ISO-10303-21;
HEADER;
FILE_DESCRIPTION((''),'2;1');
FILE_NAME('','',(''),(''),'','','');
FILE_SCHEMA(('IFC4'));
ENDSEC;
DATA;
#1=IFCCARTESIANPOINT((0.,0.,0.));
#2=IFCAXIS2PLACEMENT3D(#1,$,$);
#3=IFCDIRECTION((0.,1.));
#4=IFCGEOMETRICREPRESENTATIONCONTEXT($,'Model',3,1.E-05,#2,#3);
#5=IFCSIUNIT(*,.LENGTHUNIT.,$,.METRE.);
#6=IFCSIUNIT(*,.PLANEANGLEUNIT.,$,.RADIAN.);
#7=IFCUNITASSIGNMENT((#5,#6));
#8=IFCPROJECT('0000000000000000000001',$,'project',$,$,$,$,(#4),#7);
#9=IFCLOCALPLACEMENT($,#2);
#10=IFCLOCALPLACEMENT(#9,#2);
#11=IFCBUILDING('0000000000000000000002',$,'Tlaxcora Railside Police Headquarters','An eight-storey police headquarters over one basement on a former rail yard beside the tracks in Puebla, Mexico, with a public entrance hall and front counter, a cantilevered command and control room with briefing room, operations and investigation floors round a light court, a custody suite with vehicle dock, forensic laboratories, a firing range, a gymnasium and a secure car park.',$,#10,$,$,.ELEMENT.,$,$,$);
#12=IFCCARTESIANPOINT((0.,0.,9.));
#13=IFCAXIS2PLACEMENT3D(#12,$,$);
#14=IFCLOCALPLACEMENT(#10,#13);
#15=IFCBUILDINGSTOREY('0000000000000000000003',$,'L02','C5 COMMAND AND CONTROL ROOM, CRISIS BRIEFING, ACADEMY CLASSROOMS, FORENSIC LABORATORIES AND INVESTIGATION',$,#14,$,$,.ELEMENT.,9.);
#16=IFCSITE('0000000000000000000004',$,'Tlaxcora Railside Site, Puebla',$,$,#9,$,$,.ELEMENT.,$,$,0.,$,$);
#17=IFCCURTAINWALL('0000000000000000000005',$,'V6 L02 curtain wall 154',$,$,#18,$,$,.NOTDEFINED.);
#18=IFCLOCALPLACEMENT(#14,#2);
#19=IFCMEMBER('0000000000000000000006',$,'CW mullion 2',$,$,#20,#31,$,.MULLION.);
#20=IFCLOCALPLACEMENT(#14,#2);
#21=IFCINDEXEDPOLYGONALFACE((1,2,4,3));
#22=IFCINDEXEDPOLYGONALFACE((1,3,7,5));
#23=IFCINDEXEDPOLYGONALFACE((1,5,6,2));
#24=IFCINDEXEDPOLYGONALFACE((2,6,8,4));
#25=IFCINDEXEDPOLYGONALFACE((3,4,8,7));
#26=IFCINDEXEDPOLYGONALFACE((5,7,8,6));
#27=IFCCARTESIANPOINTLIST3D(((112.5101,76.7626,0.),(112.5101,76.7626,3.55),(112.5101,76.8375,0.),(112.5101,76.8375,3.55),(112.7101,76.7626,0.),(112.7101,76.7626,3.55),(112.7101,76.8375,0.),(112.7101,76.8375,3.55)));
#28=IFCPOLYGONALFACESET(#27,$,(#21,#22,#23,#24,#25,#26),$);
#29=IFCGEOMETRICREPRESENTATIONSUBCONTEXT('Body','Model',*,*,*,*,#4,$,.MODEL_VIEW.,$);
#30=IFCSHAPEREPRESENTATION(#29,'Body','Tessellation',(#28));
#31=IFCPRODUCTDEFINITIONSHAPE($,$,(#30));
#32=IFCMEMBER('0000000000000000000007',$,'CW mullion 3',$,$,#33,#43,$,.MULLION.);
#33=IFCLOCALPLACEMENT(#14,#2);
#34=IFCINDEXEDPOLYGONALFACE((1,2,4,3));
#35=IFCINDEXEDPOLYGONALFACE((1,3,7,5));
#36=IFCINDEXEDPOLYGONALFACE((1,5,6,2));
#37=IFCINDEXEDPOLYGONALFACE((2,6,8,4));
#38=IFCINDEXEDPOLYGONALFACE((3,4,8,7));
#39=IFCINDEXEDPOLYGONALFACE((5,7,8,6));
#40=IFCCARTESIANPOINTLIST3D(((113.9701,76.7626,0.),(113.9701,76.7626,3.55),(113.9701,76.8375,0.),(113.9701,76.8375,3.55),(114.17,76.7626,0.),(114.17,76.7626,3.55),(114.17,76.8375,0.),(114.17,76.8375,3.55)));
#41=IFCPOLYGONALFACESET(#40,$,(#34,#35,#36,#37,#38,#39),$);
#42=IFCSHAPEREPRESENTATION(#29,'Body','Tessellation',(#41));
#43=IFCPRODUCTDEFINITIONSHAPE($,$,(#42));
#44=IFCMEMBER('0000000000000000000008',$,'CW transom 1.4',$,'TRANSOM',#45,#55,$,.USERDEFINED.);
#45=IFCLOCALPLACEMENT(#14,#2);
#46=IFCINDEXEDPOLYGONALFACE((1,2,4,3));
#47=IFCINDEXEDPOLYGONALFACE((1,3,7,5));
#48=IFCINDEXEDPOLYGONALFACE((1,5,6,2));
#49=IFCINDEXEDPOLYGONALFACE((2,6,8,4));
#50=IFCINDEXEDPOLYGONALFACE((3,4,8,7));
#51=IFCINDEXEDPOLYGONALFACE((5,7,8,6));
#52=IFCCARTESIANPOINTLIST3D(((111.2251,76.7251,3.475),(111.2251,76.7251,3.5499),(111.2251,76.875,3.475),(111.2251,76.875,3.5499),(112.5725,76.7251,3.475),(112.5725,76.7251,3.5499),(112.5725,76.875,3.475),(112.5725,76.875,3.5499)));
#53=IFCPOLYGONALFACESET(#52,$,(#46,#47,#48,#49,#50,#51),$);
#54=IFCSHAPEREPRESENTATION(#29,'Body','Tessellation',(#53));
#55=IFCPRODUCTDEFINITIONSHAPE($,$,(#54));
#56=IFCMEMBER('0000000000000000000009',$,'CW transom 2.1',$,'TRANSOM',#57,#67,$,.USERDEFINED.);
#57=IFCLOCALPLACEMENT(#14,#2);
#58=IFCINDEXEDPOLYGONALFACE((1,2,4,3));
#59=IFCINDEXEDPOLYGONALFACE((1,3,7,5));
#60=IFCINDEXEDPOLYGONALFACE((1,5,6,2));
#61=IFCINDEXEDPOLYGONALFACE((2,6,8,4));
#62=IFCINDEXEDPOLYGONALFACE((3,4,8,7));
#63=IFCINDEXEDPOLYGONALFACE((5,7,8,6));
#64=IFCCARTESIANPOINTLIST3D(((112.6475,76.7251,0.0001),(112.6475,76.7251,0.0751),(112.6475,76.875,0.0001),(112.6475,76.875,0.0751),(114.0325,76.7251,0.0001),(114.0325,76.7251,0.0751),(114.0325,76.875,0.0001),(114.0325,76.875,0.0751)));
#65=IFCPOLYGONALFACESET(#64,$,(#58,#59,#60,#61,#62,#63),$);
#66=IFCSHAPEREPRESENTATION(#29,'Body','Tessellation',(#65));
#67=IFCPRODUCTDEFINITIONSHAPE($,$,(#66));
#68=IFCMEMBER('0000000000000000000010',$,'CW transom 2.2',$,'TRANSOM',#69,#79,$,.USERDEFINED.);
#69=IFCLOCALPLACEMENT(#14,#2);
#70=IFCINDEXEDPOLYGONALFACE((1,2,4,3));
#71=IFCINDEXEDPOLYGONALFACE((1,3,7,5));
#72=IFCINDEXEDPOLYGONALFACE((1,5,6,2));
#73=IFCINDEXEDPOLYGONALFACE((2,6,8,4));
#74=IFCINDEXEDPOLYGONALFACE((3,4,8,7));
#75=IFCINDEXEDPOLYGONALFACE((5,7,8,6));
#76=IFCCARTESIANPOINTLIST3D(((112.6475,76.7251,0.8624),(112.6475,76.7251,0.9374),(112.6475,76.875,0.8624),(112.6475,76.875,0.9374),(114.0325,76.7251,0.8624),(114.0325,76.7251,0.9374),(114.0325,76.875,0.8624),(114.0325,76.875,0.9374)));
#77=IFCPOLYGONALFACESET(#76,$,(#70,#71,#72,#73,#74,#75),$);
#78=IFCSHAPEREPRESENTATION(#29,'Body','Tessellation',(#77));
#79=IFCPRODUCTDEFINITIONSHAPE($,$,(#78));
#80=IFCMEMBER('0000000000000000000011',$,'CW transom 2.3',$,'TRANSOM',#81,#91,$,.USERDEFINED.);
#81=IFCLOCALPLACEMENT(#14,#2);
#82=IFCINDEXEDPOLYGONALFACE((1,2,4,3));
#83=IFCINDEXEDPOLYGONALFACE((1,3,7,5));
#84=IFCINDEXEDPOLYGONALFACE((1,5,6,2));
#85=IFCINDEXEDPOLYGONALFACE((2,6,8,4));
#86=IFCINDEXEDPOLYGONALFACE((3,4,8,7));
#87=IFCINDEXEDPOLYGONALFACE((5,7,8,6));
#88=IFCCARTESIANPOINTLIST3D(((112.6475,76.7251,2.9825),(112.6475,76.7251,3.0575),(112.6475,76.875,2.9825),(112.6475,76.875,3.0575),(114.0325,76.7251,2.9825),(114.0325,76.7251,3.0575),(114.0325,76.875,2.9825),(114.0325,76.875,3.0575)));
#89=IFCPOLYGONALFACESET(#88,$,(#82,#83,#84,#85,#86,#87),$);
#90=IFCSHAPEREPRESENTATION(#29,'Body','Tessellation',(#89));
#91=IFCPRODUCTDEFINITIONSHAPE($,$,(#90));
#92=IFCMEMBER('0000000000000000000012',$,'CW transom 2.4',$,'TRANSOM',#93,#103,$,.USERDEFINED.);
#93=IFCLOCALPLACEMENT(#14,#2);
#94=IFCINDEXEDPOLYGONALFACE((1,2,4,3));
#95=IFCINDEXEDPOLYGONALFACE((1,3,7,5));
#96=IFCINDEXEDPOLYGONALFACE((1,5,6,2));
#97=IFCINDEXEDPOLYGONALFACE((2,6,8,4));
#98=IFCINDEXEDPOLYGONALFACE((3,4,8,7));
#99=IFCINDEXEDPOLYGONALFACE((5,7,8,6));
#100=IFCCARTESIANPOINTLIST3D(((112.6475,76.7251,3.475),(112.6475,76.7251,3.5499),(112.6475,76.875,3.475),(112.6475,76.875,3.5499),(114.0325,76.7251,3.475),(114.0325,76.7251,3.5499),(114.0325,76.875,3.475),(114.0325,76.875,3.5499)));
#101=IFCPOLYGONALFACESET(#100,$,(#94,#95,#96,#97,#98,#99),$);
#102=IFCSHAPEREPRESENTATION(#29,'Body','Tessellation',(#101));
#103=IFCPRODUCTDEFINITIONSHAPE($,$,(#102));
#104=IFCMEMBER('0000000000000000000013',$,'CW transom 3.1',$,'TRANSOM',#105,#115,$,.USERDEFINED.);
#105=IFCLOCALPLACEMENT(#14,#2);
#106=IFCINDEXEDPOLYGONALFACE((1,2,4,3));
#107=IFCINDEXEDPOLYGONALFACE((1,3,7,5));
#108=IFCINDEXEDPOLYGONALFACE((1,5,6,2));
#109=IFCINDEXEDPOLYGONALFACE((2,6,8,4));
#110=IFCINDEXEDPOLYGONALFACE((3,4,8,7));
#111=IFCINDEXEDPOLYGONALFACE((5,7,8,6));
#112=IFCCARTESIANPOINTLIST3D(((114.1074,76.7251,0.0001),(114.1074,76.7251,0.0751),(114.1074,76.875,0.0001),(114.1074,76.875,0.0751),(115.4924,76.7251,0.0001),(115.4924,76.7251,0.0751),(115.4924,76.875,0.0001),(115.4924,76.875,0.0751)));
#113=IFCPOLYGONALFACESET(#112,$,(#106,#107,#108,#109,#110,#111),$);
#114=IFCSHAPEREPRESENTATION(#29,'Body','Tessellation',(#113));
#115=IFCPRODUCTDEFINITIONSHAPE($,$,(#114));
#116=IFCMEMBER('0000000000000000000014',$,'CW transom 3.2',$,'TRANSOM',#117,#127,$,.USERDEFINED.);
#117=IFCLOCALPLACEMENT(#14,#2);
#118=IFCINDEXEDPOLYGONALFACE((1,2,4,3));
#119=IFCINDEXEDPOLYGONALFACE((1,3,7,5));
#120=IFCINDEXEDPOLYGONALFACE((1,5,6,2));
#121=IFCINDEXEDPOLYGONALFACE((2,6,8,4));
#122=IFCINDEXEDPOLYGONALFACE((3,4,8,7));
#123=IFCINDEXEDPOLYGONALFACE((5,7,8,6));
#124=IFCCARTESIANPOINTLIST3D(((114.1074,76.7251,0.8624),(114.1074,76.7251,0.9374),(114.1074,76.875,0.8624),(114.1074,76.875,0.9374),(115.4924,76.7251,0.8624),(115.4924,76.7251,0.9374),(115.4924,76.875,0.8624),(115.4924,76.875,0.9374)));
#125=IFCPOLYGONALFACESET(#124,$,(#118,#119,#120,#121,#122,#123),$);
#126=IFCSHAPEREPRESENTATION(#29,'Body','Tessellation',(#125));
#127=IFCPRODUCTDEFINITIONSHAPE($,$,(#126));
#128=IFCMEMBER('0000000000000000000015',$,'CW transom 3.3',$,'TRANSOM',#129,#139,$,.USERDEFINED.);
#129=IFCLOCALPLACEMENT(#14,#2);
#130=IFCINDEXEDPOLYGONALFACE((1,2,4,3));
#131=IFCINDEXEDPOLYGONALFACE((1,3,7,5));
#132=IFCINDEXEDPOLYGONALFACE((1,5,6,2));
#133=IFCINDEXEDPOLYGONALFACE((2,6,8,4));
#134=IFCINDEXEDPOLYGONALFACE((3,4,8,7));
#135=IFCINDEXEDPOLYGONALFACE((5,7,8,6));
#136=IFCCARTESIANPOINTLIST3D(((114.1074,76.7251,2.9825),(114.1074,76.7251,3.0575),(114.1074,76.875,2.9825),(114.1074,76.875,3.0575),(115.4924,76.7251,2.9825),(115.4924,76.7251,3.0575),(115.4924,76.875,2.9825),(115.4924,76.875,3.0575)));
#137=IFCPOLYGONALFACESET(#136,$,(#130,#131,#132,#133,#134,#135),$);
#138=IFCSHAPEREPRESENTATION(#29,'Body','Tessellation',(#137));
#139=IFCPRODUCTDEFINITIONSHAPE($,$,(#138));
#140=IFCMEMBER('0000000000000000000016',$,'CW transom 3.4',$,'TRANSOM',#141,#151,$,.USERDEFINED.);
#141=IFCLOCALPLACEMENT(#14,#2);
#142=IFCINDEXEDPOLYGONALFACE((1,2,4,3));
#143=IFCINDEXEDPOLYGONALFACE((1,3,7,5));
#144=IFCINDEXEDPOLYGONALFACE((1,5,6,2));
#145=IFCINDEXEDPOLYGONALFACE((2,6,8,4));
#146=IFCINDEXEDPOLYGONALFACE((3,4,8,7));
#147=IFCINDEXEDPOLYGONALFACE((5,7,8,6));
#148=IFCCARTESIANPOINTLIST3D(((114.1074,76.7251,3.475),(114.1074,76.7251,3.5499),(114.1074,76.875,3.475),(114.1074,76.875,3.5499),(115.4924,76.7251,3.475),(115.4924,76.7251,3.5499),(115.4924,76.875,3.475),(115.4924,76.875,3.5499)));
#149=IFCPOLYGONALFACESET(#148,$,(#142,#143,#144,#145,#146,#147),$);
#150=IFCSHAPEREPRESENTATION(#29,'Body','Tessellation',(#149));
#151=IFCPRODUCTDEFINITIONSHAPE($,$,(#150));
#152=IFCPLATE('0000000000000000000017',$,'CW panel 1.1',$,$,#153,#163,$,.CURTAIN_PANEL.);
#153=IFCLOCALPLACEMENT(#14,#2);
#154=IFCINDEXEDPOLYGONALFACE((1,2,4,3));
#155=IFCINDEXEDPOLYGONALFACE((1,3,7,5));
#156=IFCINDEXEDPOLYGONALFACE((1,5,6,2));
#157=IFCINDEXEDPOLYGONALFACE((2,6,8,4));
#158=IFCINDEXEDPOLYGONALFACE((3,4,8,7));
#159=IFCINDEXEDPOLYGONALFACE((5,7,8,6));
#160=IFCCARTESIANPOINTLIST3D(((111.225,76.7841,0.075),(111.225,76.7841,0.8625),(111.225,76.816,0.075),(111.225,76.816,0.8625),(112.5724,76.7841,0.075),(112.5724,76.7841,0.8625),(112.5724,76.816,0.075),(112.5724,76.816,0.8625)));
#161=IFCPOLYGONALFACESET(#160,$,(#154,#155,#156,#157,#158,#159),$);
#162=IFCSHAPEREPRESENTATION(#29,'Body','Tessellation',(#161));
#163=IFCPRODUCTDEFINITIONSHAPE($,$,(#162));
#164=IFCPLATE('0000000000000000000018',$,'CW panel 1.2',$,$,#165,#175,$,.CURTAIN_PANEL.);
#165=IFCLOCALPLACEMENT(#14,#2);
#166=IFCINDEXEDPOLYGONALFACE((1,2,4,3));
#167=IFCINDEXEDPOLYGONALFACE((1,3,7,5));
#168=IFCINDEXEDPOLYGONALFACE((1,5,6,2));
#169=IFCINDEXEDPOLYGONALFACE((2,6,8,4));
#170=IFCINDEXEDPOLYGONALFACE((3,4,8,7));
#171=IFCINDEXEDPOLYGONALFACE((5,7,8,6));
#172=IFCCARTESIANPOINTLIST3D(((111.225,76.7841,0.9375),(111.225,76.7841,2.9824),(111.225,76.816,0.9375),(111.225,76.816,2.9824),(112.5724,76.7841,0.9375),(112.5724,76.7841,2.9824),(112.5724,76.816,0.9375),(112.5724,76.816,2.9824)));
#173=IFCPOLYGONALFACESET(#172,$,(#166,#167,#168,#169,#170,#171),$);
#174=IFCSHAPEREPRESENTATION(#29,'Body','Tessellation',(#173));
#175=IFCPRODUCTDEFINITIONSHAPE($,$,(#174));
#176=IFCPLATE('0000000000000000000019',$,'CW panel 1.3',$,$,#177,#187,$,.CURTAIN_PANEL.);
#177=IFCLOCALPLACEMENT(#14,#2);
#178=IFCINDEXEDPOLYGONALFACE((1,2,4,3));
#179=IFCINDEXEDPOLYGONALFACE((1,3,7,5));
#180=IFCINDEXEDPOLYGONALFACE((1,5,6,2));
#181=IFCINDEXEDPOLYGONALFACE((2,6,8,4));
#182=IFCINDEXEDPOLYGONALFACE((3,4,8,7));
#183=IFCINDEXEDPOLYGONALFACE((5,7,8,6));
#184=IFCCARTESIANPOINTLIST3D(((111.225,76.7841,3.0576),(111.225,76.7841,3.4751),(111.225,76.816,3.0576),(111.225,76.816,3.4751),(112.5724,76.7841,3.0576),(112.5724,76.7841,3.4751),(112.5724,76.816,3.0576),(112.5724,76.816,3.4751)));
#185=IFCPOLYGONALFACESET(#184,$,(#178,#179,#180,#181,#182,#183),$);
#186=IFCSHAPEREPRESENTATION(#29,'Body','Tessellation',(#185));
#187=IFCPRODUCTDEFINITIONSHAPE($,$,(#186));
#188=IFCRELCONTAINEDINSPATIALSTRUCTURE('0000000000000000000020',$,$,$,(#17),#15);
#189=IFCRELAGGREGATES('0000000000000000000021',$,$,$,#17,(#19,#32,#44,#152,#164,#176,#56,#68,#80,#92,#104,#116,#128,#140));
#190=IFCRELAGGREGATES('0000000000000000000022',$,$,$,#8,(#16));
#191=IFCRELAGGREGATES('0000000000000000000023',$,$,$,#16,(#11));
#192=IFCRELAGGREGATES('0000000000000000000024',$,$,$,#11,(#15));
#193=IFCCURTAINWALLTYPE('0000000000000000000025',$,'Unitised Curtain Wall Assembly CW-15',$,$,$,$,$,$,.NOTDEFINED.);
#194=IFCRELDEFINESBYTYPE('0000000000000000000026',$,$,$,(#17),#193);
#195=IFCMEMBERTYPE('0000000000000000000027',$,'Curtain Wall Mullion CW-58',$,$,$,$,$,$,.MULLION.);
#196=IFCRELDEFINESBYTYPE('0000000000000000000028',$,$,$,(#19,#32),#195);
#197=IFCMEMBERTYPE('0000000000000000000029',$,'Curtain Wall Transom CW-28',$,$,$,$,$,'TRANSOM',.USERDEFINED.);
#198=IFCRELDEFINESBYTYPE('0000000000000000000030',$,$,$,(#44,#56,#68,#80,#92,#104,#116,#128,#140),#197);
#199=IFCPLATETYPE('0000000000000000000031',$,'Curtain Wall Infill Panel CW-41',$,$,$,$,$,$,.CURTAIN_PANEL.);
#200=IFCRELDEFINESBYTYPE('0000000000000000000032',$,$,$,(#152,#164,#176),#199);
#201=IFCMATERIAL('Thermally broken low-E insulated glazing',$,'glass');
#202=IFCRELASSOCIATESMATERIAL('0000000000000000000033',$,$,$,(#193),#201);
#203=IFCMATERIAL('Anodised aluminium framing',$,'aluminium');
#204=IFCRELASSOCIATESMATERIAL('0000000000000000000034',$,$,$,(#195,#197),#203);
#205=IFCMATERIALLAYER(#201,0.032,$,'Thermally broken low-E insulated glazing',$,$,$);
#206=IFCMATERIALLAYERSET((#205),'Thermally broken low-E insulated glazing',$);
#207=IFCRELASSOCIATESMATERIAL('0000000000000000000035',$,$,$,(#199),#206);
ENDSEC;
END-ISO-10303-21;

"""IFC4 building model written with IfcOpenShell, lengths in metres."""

from ifc_helpers import new_model, si_unit, direction, frame, origin, origin_2d, place, context, subcontext, project, spatial, rectangle, extrude, material, layer, layer_set, material_profile, profile_set, type_object, element, aggregate, save


model = new_model("IFC4")

# Units and contexts
model_context = context("Model", 3, precision=1e-05, world=origin(), true_north=direction((0.0, 1.0)))
body_context = subcontext(model_context, "Body", "Model", "MODEL_VIEW")
ifc_project = project(units=[si_unit("LENGTHUNIT", "METRE"), si_unit("PLANEANGLEUNIT", "RADIAN")], contexts=[model_context])

# Site, building, storey
site_placement = place(None, origin())
site = spatial("IfcSite", under=ifc_project, at=site_placement, Name="Tlaxcora Railside Site, Puebla", CompositionType="ELEMENT", RefElevation=0.0)
building_placement = place(site_placement, origin())
building = spatial("IfcBuilding", under=site, at=building_placement, Name="Tlaxcora Railside Police Headquarters", Description="An eight-storey police headquarters over one basement on a former rail yard beside the tracks in Puebla, Mexico, with a public entrance hall and front counter, a cantilevered command and control room with briefing room, operations and investigation floors round a light court, a custody suite with vehicle dock, forensic laboratories, a firing range, a gymnasium and a secure car park.", CompositionType="ELEMENT")
storey_placement = place(building_placement, frame((0.0, 0.0, 9.0)))
storey = spatial("IfcBuildingStorey", under=building, at=storey_placement, Name="L02", Description="C5 COMMAND AND CONTROL ROOM, CRISIS BRIEFING, ACADEMY CLASSROOMS, FORENSIC LABORATORIES AND INVESTIGATION", CompositionType="ELEMENT", Elevation=9.0)

# Curtain wall, members, plates
ifc_material_1 = material(Name="Thermally broken low-E insulated glazing", Category="glass")
curtain_wall_type = type_object("IfcCurtainWallType", Name="Unitised Curtain Wall Assembly CW-15", PredefinedType="NOTDEFINED", material=ifc_material_1)
curtain_wall_placement = place(storey_placement, origin())
curtain_wall = element("IfcCurtainWall", 1, at=curtain_wall_placement, inside=storey, type_object=curtain_wall_type, Name="V6 L02 curtain wall 154", PredefinedType="NOTDEFINED")
ifc_material_2 = material(Name="Anodised aluminium framing", Category="aluminium")
ifc_material_profile_1 = material_profile(ifc_material_2, rectangle(XDim=0.075, YDim=0.2, at=origin_2d()), Name="AL75X200")
ifc_profile_set_1 = profile_set([ifc_material_profile_1], Name="Anodised aluminium framing")
member_type_1 = type_object("IfcMemberType", Name="Curtain Wall Mullion CW-58", PredefinedType="MULLION", material=ifc_profile_set_1)
member_1_placement = place(storey_placement, frame((112.6101, 76.8, 0.0), z_axis=(0.0, 0.0, 1.0), x_axis=(0.0, 1.0, 0.0)))
member_1 = element("IfcMember", 2, at=member_1_placement, type_object=member_type_1, Name="CW mullion 2", PredefinedType="MULLION", context=body_context, shape_type="SweptSolid", body=[
    extrude(rectangle(XDim=0.075, YDim=0.2, at=origin_2d()), origin(), (0.0, 0.0, 1.0), 3.55),
])
member_2_placement = place(storey_placement, frame((114.0701, 76.8, 0.0), z_axis=(0.0, 0.0, 1.0), x_axis=(0.0, 1.0, 0.0)))
member_2 = element("IfcMember", 3, at=member_2_placement, type_object=member_type_1, Name="CW mullion 3", PredefinedType="MULLION", context=body_context, shape_type="SweptSolid", body=[
    extrude(rectangle(XDim=0.075, YDim=0.2, at=origin_2d()), origin(), (0.0, 0.0, 1.0), 3.55),
])
ifc_material_profile_2 = material_profile(ifc_material_2, rectangle(XDim=0.1499, YDim=0.075, at=origin_2d()), Name="AL75X150")
ifc_profile_set_2 = profile_set([ifc_material_profile_2], Name="Anodised aluminium framing")
member_type_2 = type_object("IfcMemberType", Name="Curtain Wall Transom CW-28", ElementType="TRANSOM", PredefinedType="USERDEFINED", material=ifc_profile_set_2)
member_3_placement = place(storey_placement, frame((111.2251, 76.8, 3.5125), z_axis=(1.0, 0.0, 0.0), x_axis=(0.0, 1.0, 0.0)))
member_3 = element("IfcMember", 4, at=member_3_placement, type_object=member_type_2, Name="CW transom 1.4", ObjectType="TRANSOM", PredefinedType="USERDEFINED", context=body_context, shape_type="SweptSolid", body=[
    extrude(rectangle(XDim=0.1499, YDim=0.075, at=origin_2d()), origin(), (0.0, 0.0, 1.0), 1.3474),
])
member_4_placement = place(storey_placement, frame((112.6475, 76.8, 0.0376), z_axis=(1.0, 0.0, 0.0), x_axis=(0.0, 1.0, 0.0)))
member_4 = element("IfcMember", 5, at=member_4_placement, type_object=member_type_2, Name="CW transom 2.1", ObjectType="TRANSOM", PredefinedType="USERDEFINED", context=body_context, shape_type="SweptSolid", body=[
    extrude(rectangle(XDim=0.1499, YDim=0.075, at=origin_2d()), origin(), (0.0, 0.0, 1.0), 1.385),
])
member_5_placement = place(storey_placement, frame((112.6475, 76.8, 0.8999), z_axis=(1.0, 0.0, 0.0), x_axis=(0.0, 1.0, 0.0)))
member_5 = element("IfcMember", 6, at=member_5_placement, type_object=member_type_2, Name="CW transom 2.2", ObjectType="TRANSOM", PredefinedType="USERDEFINED", context=body_context, shape_type="SweptSolid", body=[
    extrude(rectangle(XDim=0.1499, YDim=0.075, at=origin_2d()), origin(), (0.0, 0.0, 1.0), 1.385),
])
member_6_placement = place(storey_placement, frame((112.6475, 76.8, 3.02), z_axis=(1.0, 0.0, 0.0), x_axis=(0.0, 1.0, 0.0)))
member_6 = element("IfcMember", 7, at=member_6_placement, type_object=member_type_2, Name="CW transom 2.3", ObjectType="TRANSOM", PredefinedType="USERDEFINED", context=body_context, shape_type="SweptSolid", body=[
    extrude(rectangle(XDim=0.1499, YDim=0.075, at=origin_2d()), origin(), (0.0, 0.0, 1.0), 1.385),
])
member_7_placement = place(storey_placement, frame((112.6475, 76.8, 3.5125), z_axis=(1.0, 0.0, 0.0), x_axis=(0.0, 1.0, 0.0)))
member_7 = element("IfcMember", 8, at=member_7_placement, type_object=member_type_2, Name="CW transom 2.4", ObjectType="TRANSOM", PredefinedType="USERDEFINED", context=body_context, shape_type="SweptSolid", body=[
    extrude(rectangle(XDim=0.1499, YDim=0.075, at=origin_2d()), origin(), (0.0, 0.0, 1.0), 1.385),
])
member_8_placement = place(storey_placement, frame((114.1074, 76.8, 0.0376), z_axis=(1.0, 0.0, 0.0), x_axis=(0.0, 1.0, 0.0)))
member_8 = element("IfcMember", 9, at=member_8_placement, type_object=member_type_2, Name="CW transom 3.1", ObjectType="TRANSOM", PredefinedType="USERDEFINED", context=body_context, shape_type="SweptSolid", body=[
    extrude(rectangle(XDim=0.1499, YDim=0.075, at=origin_2d()), origin(), (0.0, 0.0, 1.0), 1.385),
])
member_9_placement = place(storey_placement, frame((114.1074, 76.8, 0.8999), z_axis=(1.0, 0.0, 0.0), x_axis=(0.0, 1.0, 0.0)))
member_9 = element("IfcMember", 10, at=member_9_placement, type_object=member_type_2, Name="CW transom 3.2", ObjectType="TRANSOM", PredefinedType="USERDEFINED", context=body_context, shape_type="SweptSolid", body=[
    extrude(rectangle(XDim=0.1499, YDim=0.075, at=origin_2d()), origin(), (0.0, 0.0, 1.0), 1.385),
])
member_10_placement = place(storey_placement, frame((114.1074, 76.8, 3.02), z_axis=(1.0, 0.0, 0.0), x_axis=(0.0, 1.0, 0.0)))
member_10 = element("IfcMember", 11, at=member_10_placement, type_object=member_type_2, Name="CW transom 3.3", ObjectType="TRANSOM", PredefinedType="USERDEFINED", context=body_context, shape_type="SweptSolid", body=[
    extrude(rectangle(XDim=0.1499, YDim=0.075, at=origin_2d()), origin(), (0.0, 0.0, 1.0), 1.385),
])
member_11_placement = place(storey_placement, frame((114.1074, 76.8, 3.5125), z_axis=(1.0, 0.0, 0.0), x_axis=(0.0, 1.0, 0.0)))
member_11 = element("IfcMember", 12, at=member_11_placement, type_object=member_type_2, Name="CW transom 3.4", ObjectType="TRANSOM", PredefinedType="USERDEFINED", context=body_context, shape_type="SweptSolid", body=[
    extrude(rectangle(XDim=0.1499, YDim=0.075, at=origin_2d()), origin(), (0.0, 0.0, 1.0), 1.385),
])
ifc_layer_1 = layer(ifc_material_1, 0.032, Name="Thermally broken low-E insulated glazing")
ifc_layer_set_1 = layer_set([ifc_layer_1], Name="Thermally broken low-E insulated glazing")
plate_type = type_object("IfcPlateType", Name="Curtain Wall Infill Panel CW-41", PredefinedType="CURTAIN_PANEL", material=ifc_layer_set_1)
plate_1_placement = place(storey_placement, frame((111.8987, 76.8, 0.075), z_axis=(0.0, 0.0, 1.0), x_axis=(1.0, 0.0, 0.0)))
plate_1 = element("IfcPlate", 13, at=plate_1_placement, type_object=plate_type, Name="CW panel 1.1", PredefinedType="CURTAIN_PANEL", context=body_context, shape_type="SweptSolid", body=[
    extrude(rectangle(XDim=1.3474, YDim=0.032, at=origin_2d()), origin(), (0.0, 0.0, 1.0), 0.7876),
])
plate_2_placement = place(storey_placement, frame((111.8987, 76.8, 0.9375), z_axis=(0.0, 0.0, 1.0), x_axis=(1.0, 0.0, 0.0)))
plate_2 = element("IfcPlate", 14, at=plate_2_placement, type_object=plate_type, Name="CW panel 1.2", PredefinedType="CURTAIN_PANEL", context=body_context, shape_type="SweptSolid", body=[
    extrude(rectangle(XDim=1.3474, YDim=0.032, at=origin_2d()), origin(), (0.0, 0.0, 1.0), 2.0449),
])
plate_3_placement = place(storey_placement, frame((111.8987, 76.8, 3.0576), z_axis=(0.0, 0.0, 1.0), x_axis=(1.0, 0.0, 0.0)))
plate_3 = element("IfcPlate", 15, at=plate_3_placement, type_object=plate_type, Name="CW panel 1.3", PredefinedType="CURTAIN_PANEL", context=body_context, shape_type="SweptSolid", body=[
    extrude(rectangle(XDim=1.3474, YDim=0.032, at=origin_2d()), origin(), (0.0, 0.0, 1.0), 0.4175),
])
aggregate(curtain_wall, [member_1, member_2, member_3, plate_1, plate_2, plate_3, member_4, member_5, member_6, member_7, member_8, member_9, member_10, member_11])

save(model, "model.ifc")
